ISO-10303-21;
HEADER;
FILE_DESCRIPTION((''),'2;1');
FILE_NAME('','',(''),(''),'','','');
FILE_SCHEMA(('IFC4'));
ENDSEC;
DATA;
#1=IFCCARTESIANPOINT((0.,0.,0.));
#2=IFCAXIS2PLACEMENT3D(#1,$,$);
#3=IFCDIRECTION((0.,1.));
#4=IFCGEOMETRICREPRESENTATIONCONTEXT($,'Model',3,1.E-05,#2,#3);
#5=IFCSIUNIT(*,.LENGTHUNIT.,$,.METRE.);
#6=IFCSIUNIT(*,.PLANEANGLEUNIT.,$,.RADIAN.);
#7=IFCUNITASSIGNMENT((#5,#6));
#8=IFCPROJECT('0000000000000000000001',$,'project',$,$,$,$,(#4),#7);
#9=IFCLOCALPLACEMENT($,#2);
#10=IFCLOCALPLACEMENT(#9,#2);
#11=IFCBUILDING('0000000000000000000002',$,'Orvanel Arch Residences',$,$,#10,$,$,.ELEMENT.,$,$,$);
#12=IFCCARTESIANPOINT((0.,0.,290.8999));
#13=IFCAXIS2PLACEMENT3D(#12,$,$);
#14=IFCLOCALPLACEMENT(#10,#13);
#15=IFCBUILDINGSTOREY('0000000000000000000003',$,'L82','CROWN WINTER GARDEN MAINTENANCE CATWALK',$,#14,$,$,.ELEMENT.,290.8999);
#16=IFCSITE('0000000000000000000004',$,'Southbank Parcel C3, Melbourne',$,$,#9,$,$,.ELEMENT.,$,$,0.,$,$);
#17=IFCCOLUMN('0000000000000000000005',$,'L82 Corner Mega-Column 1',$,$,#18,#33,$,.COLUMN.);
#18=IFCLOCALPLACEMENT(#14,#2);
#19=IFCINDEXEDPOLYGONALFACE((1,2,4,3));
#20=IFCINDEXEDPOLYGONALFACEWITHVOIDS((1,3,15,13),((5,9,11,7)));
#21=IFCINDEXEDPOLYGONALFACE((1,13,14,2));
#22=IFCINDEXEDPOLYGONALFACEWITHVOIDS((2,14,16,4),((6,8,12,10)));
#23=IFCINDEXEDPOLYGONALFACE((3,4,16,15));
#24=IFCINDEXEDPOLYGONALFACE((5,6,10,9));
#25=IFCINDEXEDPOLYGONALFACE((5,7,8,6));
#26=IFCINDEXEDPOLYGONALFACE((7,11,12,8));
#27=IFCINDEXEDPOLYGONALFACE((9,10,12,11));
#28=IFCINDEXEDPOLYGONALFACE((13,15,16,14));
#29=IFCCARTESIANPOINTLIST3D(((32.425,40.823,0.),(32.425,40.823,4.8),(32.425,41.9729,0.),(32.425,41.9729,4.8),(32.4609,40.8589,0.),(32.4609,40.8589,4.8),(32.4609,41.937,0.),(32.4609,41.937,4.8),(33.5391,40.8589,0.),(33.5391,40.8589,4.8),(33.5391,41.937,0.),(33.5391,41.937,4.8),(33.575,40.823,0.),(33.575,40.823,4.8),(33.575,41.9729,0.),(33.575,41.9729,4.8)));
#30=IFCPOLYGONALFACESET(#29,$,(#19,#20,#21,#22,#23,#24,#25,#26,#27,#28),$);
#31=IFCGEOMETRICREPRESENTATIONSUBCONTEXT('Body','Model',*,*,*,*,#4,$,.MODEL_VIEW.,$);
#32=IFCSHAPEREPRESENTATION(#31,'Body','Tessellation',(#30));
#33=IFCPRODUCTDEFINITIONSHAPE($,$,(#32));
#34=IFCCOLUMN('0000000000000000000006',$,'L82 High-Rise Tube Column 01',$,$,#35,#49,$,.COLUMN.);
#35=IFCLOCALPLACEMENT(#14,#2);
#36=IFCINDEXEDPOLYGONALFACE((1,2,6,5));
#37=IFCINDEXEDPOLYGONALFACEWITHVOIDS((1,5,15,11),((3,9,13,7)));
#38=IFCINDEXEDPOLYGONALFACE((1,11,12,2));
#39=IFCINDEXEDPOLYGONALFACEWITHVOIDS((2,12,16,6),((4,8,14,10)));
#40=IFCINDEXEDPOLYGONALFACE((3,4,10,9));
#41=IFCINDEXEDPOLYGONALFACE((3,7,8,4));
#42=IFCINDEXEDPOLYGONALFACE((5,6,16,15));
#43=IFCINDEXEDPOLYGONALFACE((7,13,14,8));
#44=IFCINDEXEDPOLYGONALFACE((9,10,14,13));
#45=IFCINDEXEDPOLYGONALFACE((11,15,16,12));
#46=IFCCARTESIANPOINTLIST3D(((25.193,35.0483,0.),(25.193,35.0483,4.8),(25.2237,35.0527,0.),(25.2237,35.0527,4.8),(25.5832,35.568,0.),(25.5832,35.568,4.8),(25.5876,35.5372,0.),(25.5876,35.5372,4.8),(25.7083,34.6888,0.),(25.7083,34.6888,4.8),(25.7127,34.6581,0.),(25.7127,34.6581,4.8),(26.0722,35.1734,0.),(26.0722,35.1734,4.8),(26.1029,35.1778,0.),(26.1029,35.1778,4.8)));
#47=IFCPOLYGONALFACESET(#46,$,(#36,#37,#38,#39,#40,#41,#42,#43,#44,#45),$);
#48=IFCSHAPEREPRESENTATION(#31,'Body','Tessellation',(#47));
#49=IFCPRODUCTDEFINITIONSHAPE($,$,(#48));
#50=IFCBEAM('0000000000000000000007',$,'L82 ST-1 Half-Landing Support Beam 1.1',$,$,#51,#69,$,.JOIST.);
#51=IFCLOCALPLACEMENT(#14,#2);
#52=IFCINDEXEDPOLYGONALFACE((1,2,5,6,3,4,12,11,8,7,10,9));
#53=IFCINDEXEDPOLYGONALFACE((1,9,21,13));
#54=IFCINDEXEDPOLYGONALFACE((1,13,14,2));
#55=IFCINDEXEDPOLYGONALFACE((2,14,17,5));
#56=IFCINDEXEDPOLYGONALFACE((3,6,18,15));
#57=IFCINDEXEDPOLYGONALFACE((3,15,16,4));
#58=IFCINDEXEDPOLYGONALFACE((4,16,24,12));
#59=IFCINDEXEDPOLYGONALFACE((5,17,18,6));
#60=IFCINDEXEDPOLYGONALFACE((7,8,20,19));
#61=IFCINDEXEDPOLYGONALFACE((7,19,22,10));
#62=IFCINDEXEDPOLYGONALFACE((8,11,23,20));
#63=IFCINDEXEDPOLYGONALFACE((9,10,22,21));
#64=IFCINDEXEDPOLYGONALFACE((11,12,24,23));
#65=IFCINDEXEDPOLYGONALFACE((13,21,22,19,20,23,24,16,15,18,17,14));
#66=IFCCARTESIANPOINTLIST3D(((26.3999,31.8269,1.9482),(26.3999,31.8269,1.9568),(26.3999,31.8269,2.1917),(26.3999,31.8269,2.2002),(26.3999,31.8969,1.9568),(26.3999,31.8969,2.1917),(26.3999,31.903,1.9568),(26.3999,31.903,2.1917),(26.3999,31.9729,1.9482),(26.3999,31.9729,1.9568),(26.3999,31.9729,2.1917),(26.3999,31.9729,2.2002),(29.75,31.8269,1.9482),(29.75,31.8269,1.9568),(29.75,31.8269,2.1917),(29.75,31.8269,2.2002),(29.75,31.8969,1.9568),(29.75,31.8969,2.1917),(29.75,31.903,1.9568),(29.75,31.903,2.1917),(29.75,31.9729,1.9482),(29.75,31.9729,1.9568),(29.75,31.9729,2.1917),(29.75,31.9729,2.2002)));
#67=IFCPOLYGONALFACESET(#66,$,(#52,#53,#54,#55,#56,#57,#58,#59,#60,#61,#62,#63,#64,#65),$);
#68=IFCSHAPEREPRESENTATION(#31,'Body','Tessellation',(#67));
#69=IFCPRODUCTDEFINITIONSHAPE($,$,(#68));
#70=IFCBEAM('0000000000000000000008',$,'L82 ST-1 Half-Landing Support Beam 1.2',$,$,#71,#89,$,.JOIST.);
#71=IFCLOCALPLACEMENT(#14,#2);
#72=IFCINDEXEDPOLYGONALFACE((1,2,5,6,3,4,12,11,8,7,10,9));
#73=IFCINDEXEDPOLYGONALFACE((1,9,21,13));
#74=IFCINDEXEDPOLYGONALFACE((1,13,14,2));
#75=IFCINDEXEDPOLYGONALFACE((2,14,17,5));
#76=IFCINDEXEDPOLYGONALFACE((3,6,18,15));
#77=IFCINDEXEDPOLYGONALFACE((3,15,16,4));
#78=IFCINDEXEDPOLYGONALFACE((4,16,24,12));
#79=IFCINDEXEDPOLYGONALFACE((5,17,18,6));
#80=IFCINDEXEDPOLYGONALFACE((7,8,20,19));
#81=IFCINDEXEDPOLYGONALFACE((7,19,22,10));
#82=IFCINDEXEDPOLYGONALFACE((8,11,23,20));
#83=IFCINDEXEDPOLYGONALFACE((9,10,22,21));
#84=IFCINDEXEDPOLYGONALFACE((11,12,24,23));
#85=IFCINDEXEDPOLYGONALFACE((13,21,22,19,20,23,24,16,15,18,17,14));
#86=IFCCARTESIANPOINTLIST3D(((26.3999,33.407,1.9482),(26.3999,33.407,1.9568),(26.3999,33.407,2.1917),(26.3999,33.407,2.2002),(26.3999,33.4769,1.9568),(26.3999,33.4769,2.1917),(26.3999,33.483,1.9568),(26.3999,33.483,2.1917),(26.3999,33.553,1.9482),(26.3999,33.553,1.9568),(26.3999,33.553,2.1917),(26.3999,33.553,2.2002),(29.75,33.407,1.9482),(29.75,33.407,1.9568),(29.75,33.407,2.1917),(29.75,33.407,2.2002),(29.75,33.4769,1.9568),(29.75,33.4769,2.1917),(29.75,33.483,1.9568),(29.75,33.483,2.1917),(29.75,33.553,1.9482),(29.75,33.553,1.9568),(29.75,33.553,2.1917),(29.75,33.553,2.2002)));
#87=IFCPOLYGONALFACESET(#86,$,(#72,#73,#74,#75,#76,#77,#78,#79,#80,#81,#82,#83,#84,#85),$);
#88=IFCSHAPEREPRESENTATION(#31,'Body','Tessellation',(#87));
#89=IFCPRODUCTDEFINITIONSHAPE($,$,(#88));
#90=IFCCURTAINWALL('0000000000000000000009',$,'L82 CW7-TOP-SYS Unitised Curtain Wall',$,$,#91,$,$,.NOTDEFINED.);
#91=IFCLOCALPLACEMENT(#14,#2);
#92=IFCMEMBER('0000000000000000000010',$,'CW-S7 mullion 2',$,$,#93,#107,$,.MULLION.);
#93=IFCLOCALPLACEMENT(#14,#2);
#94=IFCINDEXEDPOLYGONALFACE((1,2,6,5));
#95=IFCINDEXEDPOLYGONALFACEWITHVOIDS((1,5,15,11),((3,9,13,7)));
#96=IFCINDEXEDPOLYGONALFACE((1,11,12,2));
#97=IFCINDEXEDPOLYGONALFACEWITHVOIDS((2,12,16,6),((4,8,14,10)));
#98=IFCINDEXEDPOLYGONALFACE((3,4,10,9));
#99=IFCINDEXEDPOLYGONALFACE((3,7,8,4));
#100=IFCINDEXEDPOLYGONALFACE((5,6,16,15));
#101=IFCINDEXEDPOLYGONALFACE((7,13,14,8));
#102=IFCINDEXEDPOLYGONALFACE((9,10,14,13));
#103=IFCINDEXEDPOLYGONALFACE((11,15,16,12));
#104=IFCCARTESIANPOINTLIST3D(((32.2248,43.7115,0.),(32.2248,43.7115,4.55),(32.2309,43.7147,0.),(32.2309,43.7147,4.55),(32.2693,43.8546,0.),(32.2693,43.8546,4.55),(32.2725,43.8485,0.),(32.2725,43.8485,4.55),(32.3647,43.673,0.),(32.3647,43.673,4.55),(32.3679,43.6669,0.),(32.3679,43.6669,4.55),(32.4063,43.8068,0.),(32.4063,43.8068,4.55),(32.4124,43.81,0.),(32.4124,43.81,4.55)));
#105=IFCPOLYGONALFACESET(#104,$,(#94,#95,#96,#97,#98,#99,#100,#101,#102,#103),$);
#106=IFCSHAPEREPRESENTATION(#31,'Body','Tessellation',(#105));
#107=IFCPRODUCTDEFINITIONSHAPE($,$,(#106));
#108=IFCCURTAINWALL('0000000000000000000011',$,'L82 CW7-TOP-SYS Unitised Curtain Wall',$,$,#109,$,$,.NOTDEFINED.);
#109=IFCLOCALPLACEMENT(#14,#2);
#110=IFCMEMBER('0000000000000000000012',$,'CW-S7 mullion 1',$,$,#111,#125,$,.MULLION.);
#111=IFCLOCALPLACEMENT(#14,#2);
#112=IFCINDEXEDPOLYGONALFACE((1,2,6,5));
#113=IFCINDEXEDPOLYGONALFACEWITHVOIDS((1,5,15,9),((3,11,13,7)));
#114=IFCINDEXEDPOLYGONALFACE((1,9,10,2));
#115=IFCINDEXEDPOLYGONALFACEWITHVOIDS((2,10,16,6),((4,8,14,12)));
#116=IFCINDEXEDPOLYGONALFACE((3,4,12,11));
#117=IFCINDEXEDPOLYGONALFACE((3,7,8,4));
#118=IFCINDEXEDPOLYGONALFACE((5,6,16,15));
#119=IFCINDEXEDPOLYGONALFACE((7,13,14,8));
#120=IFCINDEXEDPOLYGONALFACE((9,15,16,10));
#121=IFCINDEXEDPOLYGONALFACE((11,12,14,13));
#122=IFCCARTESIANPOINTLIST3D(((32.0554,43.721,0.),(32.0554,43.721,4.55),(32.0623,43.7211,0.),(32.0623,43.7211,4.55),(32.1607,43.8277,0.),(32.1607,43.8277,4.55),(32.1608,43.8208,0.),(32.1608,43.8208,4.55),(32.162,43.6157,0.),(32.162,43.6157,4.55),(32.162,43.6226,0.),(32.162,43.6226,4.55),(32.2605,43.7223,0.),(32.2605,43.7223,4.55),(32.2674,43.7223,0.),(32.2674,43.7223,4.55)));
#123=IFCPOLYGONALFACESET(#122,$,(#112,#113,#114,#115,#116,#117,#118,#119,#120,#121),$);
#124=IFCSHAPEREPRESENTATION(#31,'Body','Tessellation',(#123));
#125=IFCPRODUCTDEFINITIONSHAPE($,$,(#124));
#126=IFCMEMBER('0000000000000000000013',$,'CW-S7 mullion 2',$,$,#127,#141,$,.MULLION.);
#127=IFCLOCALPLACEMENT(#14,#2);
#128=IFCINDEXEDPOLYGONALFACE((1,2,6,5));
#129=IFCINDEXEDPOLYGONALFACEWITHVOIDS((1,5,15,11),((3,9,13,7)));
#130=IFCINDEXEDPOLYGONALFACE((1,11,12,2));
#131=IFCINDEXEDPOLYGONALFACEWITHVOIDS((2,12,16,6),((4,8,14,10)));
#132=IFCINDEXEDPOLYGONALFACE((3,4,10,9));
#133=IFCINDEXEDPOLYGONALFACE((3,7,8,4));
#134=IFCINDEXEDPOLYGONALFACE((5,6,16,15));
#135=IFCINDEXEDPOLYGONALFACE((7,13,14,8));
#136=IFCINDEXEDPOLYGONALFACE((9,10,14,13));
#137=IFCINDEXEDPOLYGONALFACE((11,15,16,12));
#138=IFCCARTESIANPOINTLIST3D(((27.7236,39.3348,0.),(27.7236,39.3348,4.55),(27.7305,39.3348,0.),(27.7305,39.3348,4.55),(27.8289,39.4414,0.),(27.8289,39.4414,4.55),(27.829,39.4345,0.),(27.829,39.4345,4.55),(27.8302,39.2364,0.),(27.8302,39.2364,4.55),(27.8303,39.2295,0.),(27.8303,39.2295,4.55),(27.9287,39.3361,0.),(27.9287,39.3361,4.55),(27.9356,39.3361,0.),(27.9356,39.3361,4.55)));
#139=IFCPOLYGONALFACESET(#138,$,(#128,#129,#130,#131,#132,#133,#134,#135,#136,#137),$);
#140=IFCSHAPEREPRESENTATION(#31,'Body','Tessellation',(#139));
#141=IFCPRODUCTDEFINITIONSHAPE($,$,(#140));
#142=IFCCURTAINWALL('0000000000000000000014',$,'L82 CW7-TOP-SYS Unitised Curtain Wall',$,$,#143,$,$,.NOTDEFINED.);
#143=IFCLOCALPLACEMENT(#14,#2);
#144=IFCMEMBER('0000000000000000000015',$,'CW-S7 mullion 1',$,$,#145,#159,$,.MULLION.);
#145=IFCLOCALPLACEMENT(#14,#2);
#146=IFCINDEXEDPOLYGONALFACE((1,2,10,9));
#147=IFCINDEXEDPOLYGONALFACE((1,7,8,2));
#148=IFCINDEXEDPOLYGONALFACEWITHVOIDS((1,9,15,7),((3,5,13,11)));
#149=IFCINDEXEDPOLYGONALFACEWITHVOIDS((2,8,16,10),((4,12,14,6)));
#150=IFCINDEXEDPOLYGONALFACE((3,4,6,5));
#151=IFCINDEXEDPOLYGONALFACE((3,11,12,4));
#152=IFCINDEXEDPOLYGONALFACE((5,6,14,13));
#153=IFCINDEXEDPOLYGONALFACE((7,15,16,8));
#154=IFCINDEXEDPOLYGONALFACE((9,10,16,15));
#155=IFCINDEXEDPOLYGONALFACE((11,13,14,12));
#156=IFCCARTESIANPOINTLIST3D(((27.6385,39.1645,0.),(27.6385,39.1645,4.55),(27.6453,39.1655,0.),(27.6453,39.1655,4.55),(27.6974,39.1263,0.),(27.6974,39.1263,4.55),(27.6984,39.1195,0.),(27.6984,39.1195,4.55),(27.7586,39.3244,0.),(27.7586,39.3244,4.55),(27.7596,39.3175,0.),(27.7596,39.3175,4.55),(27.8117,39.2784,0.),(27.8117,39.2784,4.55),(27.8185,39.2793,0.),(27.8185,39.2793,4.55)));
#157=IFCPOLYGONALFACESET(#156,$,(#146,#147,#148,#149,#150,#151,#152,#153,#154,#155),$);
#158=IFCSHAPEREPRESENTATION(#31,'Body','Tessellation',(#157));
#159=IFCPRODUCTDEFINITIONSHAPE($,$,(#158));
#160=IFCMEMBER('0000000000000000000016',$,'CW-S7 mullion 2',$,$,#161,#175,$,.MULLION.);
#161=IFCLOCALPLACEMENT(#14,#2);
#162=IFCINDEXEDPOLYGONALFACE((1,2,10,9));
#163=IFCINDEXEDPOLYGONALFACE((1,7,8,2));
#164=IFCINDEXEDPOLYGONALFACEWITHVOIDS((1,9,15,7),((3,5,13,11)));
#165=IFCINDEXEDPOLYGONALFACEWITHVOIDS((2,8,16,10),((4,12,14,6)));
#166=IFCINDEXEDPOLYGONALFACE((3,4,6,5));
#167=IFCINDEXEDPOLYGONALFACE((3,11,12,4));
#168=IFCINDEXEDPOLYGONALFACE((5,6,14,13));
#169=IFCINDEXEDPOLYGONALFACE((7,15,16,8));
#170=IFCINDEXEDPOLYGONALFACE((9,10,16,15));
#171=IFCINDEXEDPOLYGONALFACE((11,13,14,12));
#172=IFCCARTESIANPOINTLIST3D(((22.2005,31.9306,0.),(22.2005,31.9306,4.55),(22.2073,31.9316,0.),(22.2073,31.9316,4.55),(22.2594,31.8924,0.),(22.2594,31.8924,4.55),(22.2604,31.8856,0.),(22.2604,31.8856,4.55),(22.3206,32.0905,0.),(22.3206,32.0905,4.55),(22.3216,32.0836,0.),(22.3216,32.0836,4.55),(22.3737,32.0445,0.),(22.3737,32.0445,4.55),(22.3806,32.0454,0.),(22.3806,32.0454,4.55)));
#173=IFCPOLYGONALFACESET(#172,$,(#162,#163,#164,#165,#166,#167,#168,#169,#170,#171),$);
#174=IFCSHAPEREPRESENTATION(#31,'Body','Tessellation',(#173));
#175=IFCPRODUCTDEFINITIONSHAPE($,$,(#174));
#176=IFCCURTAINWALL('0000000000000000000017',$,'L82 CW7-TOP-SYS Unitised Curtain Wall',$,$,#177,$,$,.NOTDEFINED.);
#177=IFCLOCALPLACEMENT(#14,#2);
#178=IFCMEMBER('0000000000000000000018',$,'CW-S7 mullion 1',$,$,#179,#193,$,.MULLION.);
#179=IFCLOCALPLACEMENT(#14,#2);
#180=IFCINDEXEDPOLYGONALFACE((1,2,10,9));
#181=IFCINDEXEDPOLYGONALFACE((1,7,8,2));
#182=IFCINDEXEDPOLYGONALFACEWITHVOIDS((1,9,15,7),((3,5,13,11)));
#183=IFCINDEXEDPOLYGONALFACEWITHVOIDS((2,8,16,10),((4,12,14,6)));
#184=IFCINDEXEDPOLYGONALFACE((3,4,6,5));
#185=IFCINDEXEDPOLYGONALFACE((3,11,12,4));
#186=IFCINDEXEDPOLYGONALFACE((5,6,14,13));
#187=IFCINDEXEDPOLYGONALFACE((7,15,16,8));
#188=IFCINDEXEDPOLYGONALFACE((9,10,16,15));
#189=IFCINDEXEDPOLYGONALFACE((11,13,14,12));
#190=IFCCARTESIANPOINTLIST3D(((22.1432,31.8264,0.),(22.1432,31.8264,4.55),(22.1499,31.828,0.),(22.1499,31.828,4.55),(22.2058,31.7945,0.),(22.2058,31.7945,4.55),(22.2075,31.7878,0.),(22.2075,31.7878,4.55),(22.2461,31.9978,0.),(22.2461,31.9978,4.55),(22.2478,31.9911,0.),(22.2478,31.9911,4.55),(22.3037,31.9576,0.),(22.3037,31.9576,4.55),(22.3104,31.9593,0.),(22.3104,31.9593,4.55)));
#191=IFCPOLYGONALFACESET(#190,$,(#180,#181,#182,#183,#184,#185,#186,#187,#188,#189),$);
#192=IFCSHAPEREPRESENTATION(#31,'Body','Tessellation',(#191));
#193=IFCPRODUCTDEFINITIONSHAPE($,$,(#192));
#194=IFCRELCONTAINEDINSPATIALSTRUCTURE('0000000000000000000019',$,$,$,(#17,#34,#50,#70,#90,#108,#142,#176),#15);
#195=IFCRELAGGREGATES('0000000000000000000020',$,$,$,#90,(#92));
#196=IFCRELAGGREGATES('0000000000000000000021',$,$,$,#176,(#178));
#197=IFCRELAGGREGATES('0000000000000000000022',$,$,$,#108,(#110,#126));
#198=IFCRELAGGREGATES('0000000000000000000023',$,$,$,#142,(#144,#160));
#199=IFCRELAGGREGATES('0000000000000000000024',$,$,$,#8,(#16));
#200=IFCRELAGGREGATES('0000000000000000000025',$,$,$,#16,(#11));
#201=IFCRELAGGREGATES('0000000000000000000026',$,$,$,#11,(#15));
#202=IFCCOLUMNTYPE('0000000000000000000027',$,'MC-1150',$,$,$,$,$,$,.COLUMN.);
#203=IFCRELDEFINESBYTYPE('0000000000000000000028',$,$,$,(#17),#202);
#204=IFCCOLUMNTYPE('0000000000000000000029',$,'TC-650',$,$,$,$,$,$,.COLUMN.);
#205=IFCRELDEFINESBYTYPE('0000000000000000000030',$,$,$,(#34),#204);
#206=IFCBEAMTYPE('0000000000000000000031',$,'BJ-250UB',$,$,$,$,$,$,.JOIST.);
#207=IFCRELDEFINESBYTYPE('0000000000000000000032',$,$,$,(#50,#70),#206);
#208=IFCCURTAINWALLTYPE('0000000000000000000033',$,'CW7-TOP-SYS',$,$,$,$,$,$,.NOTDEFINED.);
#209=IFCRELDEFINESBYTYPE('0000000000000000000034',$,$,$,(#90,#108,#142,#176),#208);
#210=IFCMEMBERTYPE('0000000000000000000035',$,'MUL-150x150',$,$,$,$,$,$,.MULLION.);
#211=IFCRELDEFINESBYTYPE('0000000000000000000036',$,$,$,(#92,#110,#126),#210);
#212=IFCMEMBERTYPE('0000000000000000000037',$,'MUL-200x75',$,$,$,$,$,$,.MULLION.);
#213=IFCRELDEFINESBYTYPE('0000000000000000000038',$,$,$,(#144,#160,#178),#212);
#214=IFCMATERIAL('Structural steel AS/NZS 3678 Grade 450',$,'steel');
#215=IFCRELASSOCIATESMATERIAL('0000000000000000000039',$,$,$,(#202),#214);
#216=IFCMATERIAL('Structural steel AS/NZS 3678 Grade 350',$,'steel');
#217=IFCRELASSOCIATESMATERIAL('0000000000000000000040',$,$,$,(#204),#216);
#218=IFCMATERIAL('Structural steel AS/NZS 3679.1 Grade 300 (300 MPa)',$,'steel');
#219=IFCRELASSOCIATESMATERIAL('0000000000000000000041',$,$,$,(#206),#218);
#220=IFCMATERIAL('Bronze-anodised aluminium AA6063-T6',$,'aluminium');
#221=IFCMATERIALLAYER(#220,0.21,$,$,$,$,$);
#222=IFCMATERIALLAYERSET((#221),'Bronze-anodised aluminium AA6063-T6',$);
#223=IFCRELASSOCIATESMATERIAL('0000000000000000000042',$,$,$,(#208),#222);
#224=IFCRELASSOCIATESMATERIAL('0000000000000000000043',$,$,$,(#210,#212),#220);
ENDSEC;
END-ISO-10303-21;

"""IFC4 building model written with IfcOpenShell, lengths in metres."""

from ifc_helpers import new_model, si_unit, direction, frame, origin, origin_2d, place, context, subcontext, project, spatial, hollow_rectangle, i_section, extrude, material, layer, layer_set, material_profile, profile_set, type_object, element, aggregate, save


model = new_model("IFC4")

# Units and contexts
model_context = context("Model", 3, precision=1e-05, world=origin(), true_north=direction((0.0, 1.0)))
body_context = subcontext(model_context, "Body", "Model", "MODEL_VIEW")
ifc_project = project(units=[si_unit("LENGTHUNIT", "METRE"), si_unit("PLANEANGLEUNIT", "RADIAN")], contexts=[model_context])

# Site, building, storey
site_placement = place(None, origin())
site = spatial("IfcSite", under=ifc_project, at=site_placement, Name="Southbank Parcel C3, Melbourne", CompositionType="ELEMENT", RefElevation=0.0)
building_placement = place(site_placement, origin())
building = spatial("IfcBuilding", under=site, at=building_placement, Name="Orvanel Arch Residences", CompositionType="ELEMENT")
storey_placement = place(building_placement, frame((0.0, 0.0, 290.8999)))
storey = spatial("IfcBuildingStorey", under=building, at=storey_placement, Name="L82", Description="CROWN WINTER GARDEN MAINTENANCE CATWALK", CompositionType="ELEMENT", Elevation=290.8999)

# Columns
ifc_material_1 = material(Name="Structural steel AS/NZS 3678 Grade 450", Category="steel")
ifc_material_profile_1 = material_profile(ifc_material_1, hollow_rectangle(XDim=1.1499, YDim=1.1499, WallThickness=0.0359, at=origin_2d()), Name="BOX1150x1150x36")
ifc_profile_set_1 = profile_set([ifc_material_profile_1], Name="Structural steel AS/NZS 3678 Grade 450")
column_type_1 = type_object("IfcColumnType", Name="MC-1150", PredefinedType="COLUMN", material=ifc_profile_set_1)
column_1_placement = place(storey_placement, frame((33.0, 41.3979, 0.0), z_axis=(0.0, 0.0, 1.0), x_axis=(1.0, 0.0, 0.0)))
element("IfcColumn", 1, at=column_1_placement, inside=storey, type_object=column_type_1, Name="L82 Corner Mega-Column 1", PredefinedType="COLUMN", context=body_context, shape_type="SweptSolid", body=[
    extrude(hollow_rectangle(XDim=1.1499, YDim=1.1499, WallThickness=0.0359, at=origin_2d()), origin(), (0.0, 0.0, 1.0), 4.8),
])
ifc_material_2 = material(Name="Structural steel AS/NZS 3678 Grade 350", Category="steel")
ifc_material_profile_2 = material_profile(ifc_material_2, hollow_rectangle(XDim=0.6499, YDim=0.6499, WallThickness=0.022, at=origin_2d()), Name="BOX650x650x22")
ifc_profile_set_2 = profile_set([ifc_material_profile_2], Name="Structural steel AS/NZS 3678 Grade 350")
column_type_2 = type_object("IfcColumnType", Name="TC-650", PredefinedType="COLUMN", material=ifc_profile_set_2)
column_2_placement = place(storey_placement, frame((25.6479, 35.113, 0.0), z_axis=(0.0, 0.0, 1.0), x_axis=(0.60042, 0.799685, 0.0)))
element("IfcColumn", 2, at=column_2_placement, inside=storey, type_object=column_type_2, Name="L82 High-Rise Tube Column 01", PredefinedType="COLUMN", context=body_context, shape_type="SweptSolid", body=[
    extrude(hollow_rectangle(XDim=0.6499, YDim=0.6499, WallThickness=0.022, at=origin_2d()), origin(), (0.0, 0.0, 1.0), 4.8),
])

# Beams
ifc_material_3 = material(Name="Structural steel AS/NZS 3679.1 Grade 300 (300 MPa)", Category="steel")
ifc_material_profile_3 = material_profile(ifc_material_3, i_section(OverallWidth=0.146, OverallDepth=0.252, WebThickness=0.0061, FlangeThickness=0.0085, at=origin_2d()), Name="250UB31.4")
ifc_profile_set_3 = profile_set([ifc_material_profile_3], Name="Structural steel AS/NZS 3679.1 Grade 300 (300 MPa)")
beam_type_1 = type_object("IfcBeamType", Name="BJ-250UB", PredefinedType="JOIST", material=ifc_profile_set_3)
for number, where, z_axis, x_axis, name in (
    (3, (26.3999, 31.8999, 2.0742), (1.0, 0.0, 0.0), (0.0, 1.0, 0.0), "L82 ST-1 Half-Landing Support Beam 1.1"),
    (4, (26.3999, 33.48, 2.0742), (1.0, 0.0, 0.0), (0.0, 1.0, 0.0), "L82 ST-1 Half-Landing Support Beam 1.2"),
):
    element("IfcBeam", number, at=place(storey_placement, frame(where, z_axis=z_axis, x_axis=x_axis)), inside=storey, type_object=beam_type_1, Name=name, PredefinedType="JOIST", context=body_context, shape_type="SweptSolid", body=[
        extrude(i_section(OverallWidth=0.146, OverallDepth=0.252, WebThickness=0.0061, FlangeThickness=0.0085, at=origin_2d()), origin(), (0.0, 0.0, 1.0), 3.3501),
    ])

# Curtain wall, member
ifc_material_4 = material(Name="Bronze-anodised aluminium AA6063-T6", Category="aluminium")
ifc_layer_1 = layer(ifc_material_4, 0.21)
ifc_layer_set_1 = layer_set([ifc_layer_1], Name="Bronze-anodised aluminium AA6063-T6")
curtain_wall_type = type_object("IfcCurtainWallType", Name="CW7-TOP-SYS", PredefinedType="NOTDEFINED", material=ifc_layer_set_1)
curtain_wall_1_placement = place(storey_placement, origin())
curtain_wall_1 = element("IfcCurtainWall", 5, at=curtain_wall_1_placement, inside=storey, type_object=curtain_wall_type, Name="L82 CW7-TOP-SYS Unitised Curtain Wall", PredefinedType="NOTDEFINED")
ifc_material_profile_4 = material_profile(ifc_material_4, hollow_rectangle(XDim=0.1499, YDim=0.1499, WallThickness=0.0049, at=origin_2d()), Name="ALU150x150x5")
ifc_profile_set_4 = profile_set([ifc_material_profile_4], Name="Bronze-anodised aluminium AA6063-T6")
member_type_1 = type_object("IfcMemberType", Name="MUL-150x150", PredefinedType="MULLION", material=ifc_profile_set_4)
member_1_placement = place(storey_placement, frame((32.3186, 43.7607, 0.0), z_axis=(0.0, 0.0, 1.0), x_axis=(-0.297187, -0.954819, 0.0)))
member_1 = element("IfcMember", 6, at=member_1_placement, type_object=member_type_1, Name="CW-S7 mullion 2", PredefinedType="MULLION", context=body_context, shape_type="SweptSolid", body=[
    extrude(hollow_rectangle(XDim=0.1499, YDim=0.1499, WallThickness=0.0049, at=origin_2d()), origin(), (0.0, 0.0, 1.0), 4.55),
])
aggregate(curtain_wall_1, [member_1])

# Curtain walls, members
curtain_wall_2_placement = place(storey_placement, origin())
curtain_wall_2 = element("IfcCurtainWall", 7, at=curtain_wall_2_placement, inside=storey, type_object=curtain_wall_type, Name="L82 CW7-TOP-SYS Unitised Curtain Wall", PredefinedType="NOTDEFINED")
member_2_placement = place(storey_placement, frame((32.1614, 43.7217, 0.0), z_axis=(0.0, 0.0, 1.0), x_axis=(0.711527, -0.702659, 0.0)))
member_2 = element("IfcMember", 8, at=member_2_placement, type_object=member_type_1, Name="CW-S7 mullion 1", PredefinedType="MULLION", context=body_context, shape_type="SweptSolid", body=[
    extrude(hollow_rectangle(XDim=0.1499, YDim=0.1499, WallThickness=0.0049, at=origin_2d()), origin(), (0.0, 0.0, 1.0), 4.55),
])
member_3_placement = place(storey_placement, frame((27.8296, 39.3354, 0.0), z_axis=(0.0, 0.0, 1.0), x_axis=(0.711527, -0.702659, 0.0)))
member_3 = element("IfcMember", 9, at=member_3_placement, type_object=member_type_1, Name="CW-S7 mullion 2", PredefinedType="MULLION", context=body_context, shape_type="SweptSolid", body=[
    extrude(hollow_rectangle(XDim=0.1499, YDim=0.1499, WallThickness=0.0049, at=origin_2d()), origin(), (0.0, 0.0, 1.0), 4.55),
])
curtain_wall_3_placement = place(storey_placement, origin())
curtain_wall_3 = element("IfcCurtainWall", 10, at=curtain_wall_3_placement, inside=storey, type_object=curtain_wall_type, Name="L82 CW7-TOP-SYS Unitised Curtain Wall", PredefinedType="NOTDEFINED")
ifc_material_profile_5 = material_profile(ifc_material_4, hollow_rectangle(XDim=0.075, YDim=0.2, WallThickness=0.0049, at=origin_2d()), Name="ALU200x75x5")
ifc_profile_set_5 = profile_set([ifc_material_profile_5], Name="Bronze-anodised aluminium AA6063-T6")
member_type_2 = type_object("IfcMemberType", Name="MUL-200x75", PredefinedType="MULLION", material=ifc_profile_set_5)
member_4_placement = place(storey_placement, frame((27.7285, 39.2219, 0.0), z_axis=(0.0, 0.0, 1.0), x_axis=(0.799342, -0.600876, 0.0)))
member_4 = element("IfcMember", 11, at=member_4_placement, type_object=member_type_2, Name="CW-S7 mullion 1", PredefinedType="MULLION", context=body_context, shape_type="SweptSolid", body=[
    extrude(hollow_rectangle(XDim=0.075, YDim=0.2, WallThickness=0.0049, at=origin_2d()), origin(), (0.0, 0.0, 1.0), 4.55),
])
member_5_placement = place(storey_placement, frame((22.2905, 31.988, 0.0), z_axis=(0.0, 0.0, 1.0), x_axis=(0.799342, -0.600876, 0.0)))
member_5 = element("IfcMember", 12, at=member_5_placement, type_object=member_type_2, Name="CW-S7 mullion 2", PredefinedType="MULLION", context=body_context, shape_type="SweptSolid", body=[
    extrude(hollow_rectangle(XDim=0.075, YDim=0.2, WallThickness=0.0049, at=origin_2d()), origin(), (0.0, 0.0, 1.0), 4.55),
])

# Curtain wall, member
curtain_wall_4_placement = place(storey_placement, origin())
curtain_wall_4 = element("IfcCurtainWall", 13, at=curtain_wall_4_placement, inside=storey, type_object=curtain_wall_type, Name="L82 CW7-TOP-SYS Unitised Curtain Wall", PredefinedType="NOTDEFINED")
member_6_placement = place(storey_placement, frame((22.2268, 31.8928, 0.0), z_axis=(0.0, 0.0, 1.0), x_axis=(0.857522, -0.514447, 0.0)))
member_6 = element("IfcMember", 14, at=member_6_placement, type_object=member_type_2, Name="CW-S7 mullion 1", PredefinedType="MULLION", context=body_context, shape_type="SweptSolid", body=[
    extrude(hollow_rectangle(XDim=0.075, YDim=0.2, WallThickness=0.0049, at=origin_2d()), origin(), (0.0, 0.0, 1.0), 4.55),
])

aggregate(curtain_wall_4, [member_6])

aggregate(curtain_wall_2, [member_2, member_3])
aggregate(curtain_wall_3, [member_4, member_5])

save(model, "model.ifc")
